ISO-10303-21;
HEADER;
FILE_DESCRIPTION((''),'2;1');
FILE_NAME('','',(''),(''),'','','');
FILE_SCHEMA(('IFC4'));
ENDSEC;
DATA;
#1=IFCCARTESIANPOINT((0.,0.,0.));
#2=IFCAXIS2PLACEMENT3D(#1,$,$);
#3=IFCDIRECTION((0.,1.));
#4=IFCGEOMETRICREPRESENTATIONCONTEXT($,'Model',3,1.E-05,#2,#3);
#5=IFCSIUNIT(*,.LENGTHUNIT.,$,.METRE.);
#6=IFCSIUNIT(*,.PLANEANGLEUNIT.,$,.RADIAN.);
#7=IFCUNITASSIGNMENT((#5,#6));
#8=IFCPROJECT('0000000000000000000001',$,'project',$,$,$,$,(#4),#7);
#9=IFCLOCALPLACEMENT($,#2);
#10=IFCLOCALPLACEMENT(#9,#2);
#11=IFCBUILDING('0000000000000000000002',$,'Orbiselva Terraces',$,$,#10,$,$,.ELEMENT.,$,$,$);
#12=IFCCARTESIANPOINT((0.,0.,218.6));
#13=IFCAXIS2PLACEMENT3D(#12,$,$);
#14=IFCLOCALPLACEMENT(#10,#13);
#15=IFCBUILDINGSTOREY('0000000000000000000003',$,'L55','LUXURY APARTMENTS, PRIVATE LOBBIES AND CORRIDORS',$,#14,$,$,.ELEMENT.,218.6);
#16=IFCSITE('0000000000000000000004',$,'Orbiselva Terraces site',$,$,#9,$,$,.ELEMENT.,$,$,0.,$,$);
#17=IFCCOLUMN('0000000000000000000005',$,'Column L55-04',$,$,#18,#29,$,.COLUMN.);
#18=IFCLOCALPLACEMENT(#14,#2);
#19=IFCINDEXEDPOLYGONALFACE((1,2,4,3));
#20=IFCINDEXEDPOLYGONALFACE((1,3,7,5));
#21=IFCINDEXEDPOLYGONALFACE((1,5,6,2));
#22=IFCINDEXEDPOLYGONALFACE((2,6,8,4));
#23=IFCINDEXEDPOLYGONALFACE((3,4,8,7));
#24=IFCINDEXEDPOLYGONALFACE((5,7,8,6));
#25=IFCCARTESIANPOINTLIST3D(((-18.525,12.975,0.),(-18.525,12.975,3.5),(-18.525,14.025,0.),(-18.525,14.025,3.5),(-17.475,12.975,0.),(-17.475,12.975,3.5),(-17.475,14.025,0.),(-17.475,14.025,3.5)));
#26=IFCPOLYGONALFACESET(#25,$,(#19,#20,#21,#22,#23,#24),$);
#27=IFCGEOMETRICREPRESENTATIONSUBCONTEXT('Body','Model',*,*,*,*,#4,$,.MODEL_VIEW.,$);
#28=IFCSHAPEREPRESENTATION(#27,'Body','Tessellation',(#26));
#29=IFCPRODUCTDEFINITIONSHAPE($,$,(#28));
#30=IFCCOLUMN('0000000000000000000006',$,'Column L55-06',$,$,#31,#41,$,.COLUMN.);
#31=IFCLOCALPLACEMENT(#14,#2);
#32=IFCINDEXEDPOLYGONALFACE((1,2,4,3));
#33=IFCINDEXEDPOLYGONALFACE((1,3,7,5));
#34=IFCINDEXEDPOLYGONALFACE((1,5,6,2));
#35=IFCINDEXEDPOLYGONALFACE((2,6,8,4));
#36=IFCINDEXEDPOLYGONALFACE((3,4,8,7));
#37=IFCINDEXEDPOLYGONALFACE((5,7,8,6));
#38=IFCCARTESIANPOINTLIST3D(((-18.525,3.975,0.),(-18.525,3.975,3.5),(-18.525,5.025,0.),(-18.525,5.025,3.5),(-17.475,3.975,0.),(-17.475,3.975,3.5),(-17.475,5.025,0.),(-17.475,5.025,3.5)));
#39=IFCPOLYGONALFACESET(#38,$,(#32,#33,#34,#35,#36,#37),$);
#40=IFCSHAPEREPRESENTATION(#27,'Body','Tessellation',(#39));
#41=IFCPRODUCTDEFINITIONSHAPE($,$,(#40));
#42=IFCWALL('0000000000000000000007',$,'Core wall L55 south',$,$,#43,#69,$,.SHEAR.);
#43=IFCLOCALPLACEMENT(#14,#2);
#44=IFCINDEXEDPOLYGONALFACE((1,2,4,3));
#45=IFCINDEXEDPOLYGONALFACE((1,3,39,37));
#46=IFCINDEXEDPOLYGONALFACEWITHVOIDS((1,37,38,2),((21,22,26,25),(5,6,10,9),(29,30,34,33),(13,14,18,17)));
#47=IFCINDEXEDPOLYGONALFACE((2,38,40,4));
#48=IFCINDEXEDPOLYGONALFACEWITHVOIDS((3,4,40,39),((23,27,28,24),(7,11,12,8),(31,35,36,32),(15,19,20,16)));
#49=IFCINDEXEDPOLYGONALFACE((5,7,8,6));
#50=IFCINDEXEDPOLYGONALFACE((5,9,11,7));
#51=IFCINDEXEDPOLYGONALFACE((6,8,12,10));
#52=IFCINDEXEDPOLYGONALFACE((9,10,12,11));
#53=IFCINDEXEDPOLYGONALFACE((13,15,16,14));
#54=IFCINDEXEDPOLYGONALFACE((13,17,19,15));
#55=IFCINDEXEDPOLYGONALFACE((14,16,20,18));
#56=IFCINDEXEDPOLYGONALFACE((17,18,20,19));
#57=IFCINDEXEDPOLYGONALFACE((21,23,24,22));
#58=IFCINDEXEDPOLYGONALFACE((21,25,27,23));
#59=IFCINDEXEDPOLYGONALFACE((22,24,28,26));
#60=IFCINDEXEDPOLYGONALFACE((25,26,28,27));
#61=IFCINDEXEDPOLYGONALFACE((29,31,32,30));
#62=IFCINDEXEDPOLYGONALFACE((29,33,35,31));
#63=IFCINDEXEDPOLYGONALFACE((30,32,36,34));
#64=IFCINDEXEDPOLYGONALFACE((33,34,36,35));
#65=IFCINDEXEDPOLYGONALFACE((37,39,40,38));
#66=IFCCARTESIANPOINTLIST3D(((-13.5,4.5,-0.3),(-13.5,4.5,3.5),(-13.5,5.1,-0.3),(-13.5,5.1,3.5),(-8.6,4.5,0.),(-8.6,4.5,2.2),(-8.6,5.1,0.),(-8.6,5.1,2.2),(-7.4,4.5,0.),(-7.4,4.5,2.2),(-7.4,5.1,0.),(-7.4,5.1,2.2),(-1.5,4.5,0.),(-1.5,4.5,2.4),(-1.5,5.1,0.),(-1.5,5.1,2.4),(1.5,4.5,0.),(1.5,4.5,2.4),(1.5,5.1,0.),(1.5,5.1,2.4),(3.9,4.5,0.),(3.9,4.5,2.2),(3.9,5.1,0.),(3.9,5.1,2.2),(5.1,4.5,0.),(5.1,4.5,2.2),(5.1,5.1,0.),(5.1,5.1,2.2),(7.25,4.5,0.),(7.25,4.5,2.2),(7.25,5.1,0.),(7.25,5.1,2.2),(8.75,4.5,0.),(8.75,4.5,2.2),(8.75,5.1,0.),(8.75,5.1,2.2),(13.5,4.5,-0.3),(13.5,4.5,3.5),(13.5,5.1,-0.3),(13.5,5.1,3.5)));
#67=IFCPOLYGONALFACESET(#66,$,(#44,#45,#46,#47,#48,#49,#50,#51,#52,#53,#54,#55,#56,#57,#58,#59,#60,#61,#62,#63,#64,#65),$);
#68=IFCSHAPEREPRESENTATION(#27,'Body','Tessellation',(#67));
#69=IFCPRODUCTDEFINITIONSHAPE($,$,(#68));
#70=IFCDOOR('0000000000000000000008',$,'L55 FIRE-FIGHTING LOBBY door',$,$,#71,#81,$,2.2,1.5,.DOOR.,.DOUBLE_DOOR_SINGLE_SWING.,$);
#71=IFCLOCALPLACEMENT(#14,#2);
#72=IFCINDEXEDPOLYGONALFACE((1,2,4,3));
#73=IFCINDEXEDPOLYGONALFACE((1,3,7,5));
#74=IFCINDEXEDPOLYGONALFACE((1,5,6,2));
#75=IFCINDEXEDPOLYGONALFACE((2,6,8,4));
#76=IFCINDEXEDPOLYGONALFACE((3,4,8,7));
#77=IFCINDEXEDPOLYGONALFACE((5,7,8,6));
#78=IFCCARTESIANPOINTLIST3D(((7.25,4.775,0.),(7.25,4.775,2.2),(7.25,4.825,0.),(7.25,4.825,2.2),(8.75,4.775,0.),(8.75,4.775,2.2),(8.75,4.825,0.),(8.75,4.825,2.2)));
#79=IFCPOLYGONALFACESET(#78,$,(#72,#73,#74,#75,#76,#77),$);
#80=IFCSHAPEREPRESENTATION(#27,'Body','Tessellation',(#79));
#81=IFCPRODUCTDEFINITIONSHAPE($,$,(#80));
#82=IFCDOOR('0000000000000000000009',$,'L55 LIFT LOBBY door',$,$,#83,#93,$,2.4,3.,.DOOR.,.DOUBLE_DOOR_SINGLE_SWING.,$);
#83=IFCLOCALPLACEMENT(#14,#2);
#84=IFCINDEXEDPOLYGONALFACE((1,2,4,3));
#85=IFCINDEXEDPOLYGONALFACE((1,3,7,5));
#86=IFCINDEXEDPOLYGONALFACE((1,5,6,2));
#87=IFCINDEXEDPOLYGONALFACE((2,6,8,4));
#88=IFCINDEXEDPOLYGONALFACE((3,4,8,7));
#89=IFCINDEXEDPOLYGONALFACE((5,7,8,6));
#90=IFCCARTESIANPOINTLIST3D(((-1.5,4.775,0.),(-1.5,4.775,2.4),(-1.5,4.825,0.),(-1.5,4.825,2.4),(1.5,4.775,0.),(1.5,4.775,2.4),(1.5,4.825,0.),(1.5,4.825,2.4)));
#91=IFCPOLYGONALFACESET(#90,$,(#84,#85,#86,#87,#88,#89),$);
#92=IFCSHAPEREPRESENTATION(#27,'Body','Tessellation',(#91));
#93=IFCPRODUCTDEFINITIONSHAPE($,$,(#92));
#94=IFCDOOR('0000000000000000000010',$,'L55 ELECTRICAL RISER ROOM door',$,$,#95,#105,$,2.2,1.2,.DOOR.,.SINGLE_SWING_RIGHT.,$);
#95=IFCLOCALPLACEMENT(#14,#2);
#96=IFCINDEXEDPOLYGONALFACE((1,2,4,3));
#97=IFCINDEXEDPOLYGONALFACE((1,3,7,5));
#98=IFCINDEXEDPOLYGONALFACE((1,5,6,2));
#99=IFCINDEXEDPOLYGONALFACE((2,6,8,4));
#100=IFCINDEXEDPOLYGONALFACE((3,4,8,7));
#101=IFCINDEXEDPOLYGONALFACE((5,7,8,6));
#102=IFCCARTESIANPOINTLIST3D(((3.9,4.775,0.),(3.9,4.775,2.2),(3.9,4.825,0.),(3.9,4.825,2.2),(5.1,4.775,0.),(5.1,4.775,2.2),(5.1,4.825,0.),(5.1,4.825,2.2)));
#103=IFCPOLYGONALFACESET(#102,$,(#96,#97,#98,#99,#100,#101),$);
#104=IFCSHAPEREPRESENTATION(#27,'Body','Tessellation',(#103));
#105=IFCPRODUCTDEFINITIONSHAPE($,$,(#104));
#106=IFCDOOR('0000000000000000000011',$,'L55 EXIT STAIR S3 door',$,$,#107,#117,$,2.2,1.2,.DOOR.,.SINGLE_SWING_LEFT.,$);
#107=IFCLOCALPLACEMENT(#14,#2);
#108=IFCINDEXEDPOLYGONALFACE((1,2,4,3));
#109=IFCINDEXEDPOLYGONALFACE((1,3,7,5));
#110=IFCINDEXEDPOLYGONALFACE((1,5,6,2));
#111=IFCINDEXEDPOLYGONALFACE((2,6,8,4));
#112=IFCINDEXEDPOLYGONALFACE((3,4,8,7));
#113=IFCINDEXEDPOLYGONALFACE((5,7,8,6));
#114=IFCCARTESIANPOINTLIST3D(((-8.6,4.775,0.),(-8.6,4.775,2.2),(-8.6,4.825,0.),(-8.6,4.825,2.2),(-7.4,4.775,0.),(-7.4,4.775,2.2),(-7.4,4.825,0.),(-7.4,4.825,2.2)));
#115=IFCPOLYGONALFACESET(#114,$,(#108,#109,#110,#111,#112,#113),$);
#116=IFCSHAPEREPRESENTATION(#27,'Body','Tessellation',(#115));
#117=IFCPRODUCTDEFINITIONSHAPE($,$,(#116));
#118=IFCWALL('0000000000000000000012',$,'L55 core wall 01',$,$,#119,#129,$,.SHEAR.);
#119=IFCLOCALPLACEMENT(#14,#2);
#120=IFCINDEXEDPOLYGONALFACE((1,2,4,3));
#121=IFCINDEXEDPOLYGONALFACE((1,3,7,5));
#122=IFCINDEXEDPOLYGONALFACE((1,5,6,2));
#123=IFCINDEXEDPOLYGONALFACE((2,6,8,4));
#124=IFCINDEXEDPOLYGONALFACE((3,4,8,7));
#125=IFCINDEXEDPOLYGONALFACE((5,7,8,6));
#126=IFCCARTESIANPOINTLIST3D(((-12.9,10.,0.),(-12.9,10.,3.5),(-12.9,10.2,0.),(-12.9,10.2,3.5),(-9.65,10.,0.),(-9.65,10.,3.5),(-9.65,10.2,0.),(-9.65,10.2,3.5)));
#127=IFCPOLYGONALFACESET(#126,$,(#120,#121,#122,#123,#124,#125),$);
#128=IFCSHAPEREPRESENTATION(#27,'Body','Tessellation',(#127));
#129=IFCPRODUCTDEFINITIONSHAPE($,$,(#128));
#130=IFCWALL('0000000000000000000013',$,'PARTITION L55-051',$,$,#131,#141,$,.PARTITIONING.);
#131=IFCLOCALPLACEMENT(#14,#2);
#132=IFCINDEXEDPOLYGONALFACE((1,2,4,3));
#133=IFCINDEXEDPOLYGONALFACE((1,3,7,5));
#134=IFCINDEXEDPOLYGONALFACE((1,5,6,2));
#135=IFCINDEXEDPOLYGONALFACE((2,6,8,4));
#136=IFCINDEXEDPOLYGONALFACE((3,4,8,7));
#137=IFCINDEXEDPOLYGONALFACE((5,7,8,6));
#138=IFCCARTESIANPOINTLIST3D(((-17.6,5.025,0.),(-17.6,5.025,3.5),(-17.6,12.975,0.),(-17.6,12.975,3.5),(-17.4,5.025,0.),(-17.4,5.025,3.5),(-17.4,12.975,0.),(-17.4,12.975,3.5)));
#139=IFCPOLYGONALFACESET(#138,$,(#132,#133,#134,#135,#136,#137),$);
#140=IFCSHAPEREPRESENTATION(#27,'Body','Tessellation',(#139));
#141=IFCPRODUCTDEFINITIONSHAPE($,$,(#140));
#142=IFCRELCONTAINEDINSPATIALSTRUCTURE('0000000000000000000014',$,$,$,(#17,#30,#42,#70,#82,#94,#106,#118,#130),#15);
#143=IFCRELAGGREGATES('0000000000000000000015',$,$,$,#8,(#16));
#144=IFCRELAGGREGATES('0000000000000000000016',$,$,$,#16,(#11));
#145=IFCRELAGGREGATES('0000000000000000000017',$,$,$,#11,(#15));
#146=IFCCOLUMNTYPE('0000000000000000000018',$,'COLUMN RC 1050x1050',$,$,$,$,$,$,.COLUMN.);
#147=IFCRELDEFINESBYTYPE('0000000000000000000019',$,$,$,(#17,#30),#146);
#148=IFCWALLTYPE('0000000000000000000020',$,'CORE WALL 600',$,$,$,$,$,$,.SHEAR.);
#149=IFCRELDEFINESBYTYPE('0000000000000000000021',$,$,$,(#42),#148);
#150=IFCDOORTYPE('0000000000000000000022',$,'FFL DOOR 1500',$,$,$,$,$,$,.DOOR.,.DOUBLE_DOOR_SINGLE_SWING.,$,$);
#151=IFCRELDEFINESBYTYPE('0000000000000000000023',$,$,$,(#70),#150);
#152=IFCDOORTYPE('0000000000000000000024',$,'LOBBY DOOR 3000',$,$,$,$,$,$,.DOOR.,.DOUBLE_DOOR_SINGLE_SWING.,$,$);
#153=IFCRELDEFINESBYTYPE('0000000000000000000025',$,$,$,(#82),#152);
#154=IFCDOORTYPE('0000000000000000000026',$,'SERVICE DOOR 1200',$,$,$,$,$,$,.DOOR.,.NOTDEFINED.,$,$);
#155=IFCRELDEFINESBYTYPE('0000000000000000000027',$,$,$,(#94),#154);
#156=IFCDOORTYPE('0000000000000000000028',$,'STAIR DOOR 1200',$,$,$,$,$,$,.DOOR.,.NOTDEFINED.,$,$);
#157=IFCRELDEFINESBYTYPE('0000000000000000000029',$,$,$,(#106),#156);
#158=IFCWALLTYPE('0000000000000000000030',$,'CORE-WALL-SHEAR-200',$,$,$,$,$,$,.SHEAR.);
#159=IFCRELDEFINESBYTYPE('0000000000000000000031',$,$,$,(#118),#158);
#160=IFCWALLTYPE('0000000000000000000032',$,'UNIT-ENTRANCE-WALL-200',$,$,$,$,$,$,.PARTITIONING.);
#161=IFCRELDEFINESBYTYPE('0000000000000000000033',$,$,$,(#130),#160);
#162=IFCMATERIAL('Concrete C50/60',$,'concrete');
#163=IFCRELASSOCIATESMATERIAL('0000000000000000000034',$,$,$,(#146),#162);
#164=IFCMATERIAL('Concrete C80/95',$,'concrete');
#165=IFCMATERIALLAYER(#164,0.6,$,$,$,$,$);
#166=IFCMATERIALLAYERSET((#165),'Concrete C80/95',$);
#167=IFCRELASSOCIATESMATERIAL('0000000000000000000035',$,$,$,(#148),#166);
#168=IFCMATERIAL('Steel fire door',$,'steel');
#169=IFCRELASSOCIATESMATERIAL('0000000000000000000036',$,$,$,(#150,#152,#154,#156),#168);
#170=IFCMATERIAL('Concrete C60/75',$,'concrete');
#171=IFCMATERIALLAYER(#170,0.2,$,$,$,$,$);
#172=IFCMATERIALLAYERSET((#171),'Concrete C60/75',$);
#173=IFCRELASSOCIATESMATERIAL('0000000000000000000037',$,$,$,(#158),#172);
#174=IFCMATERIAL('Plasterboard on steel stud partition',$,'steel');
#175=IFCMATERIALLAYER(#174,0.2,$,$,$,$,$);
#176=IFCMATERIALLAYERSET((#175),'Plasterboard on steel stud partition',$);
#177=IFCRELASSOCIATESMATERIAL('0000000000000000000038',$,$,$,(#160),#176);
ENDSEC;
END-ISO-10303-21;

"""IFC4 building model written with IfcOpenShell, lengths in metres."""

from ifc_helpers import new_model, si_unit, direction, frame, frame_2d, origin, origin_2d, place, context, subcontext, project, spatial, rectangle, extrude, material, layer, layer_set, material_profile, profile_set, type_object, element, fill, save


model = new_model("IFC4")

# Units and contexts
model_context = context("Model", 3, precision=1e-05, world=origin(), true_north=direction((0.0, 1.0)))
body_context = subcontext(model_context, "Body", "Model", "MODEL_VIEW")
ifc_project = project(units=[si_unit("LENGTHUNIT", "METRE"), si_unit("PLANEANGLEUNIT", "RADIAN")], contexts=[model_context])

# Site, building, storey
site_placement = place(None, origin())
site = spatial("IfcSite", under=ifc_project, at=site_placement, Name="Orbiselva Terraces site", CompositionType="ELEMENT", RefElevation=0.0)
building_placement = place(site_placement, origin())
building = spatial("IfcBuilding", under=site, at=building_placement, Name="Orbiselva Terraces", CompositionType="ELEMENT")
storey_placement = place(building_placement, frame((0.0, 0.0, 218.6)))
storey = spatial("IfcBuildingStorey", under=building, at=storey_placement, Name="L55", Description="LUXURY APARTMENTS, PRIVATE LOBBIES AND CORRIDORS", CompositionType="ELEMENT", Elevation=218.6)

# Columns
ifc_material_1 = material(Name="Concrete C50/60", Category="concrete")
ifc_material_profile = material_profile(ifc_material_1, rectangle(XDim=1.05, YDim=1.05, at=origin_2d()), Name="RC 1050x1050")
ifc_profile_set = profile_set([ifc_material_profile], Name="Concrete C50/60")
column_type = type_object("IfcColumnType", Name="COLUMN RC 1050x1050", PredefinedType="COLUMN", material=ifc_profile_set)
for number, where, z_axis, x_axis, name in (
    (1, (-18.0, 13.5, 0.0), (0.0, 0.0, 1.0), (1.0, 0.0, 0.0), "Column L55-04"),
    (2, (-18.0, 4.5, 0.0), (0.0, 0.0, 1.0), (1.0, 0.0, 0.0), "Column L55-06"),
):
    element("IfcColumn", number, at=place(storey_placement, frame(where, z_axis=z_axis, x_axis=x_axis)), inside=storey, type_object=column_type, Name=name, PredefinedType="COLUMN", context=body_context, shape_type="SweptSolid", body=[
        extrude(rectangle(XDim=1.05, YDim=1.05, at=origin_2d()), origin(), (0.0, 0.0, 1.0), 3.5),
    ])

# Wall, openings, doors
ifc_material_2 = material(Name="Concrete C80/95", Category="concrete")
ifc_layer_1 = layer(ifc_material_2, 0.6)
ifc_layer_set_1 = layer_set([ifc_layer_1], Name="Concrete C80/95")
wall_type_1 = type_object("IfcWallType", Name="CORE WALL 600", PredefinedType="SHEAR", material=ifc_layer_set_1)
wall_1_placement = place(storey_placement, frame((-13.5, 4.8, -0.3), z_axis=(0.0, 0.0, 1.0), x_axis=(1.0, 0.0, 0.0)))
wall_1 = element("IfcWall", 3, at=wall_1_placement, inside=storey, type_object=wall_type_1, Name="Core wall L55 south", PredefinedType="SHEAR", context=body_context, shape_type="SweptSolid", body=[
    extrude(rectangle(XDim=27.0, YDim=0.6, at=frame_2d((13.5, 0.0))), origin(), (0.0, 0.0, 1.0), 3.8),
])
opening_1_placement = place(wall_1_placement, frame((12.0, 0.0, 0.3)))
opening_1 = element("IfcOpeningElement", 4, at=opening_1_placement, cuts=wall_1, PredefinedType="OPENING", context=body_context, shape_type="SweptSolid", body=[
    extrude(rectangle(XDim=3.0, YDim=2.4, at=frame_2d((1.5, 1.2))), frame((0.0, 0.31, 0.0), z_axis=(0.0, -1.0, 0.0), x_axis=(1.0, 0.0, 0.0)), (0.0, 0.0, 1.0), 0.62),
])
opening_2_placement = place(wall_1_placement, frame((4.9, 0.0, 0.3)))
opening_2 = element("IfcOpeningElement", 5, at=opening_2_placement, cuts=wall_1, PredefinedType="OPENING", context=body_context, shape_type="SweptSolid", body=[
    extrude(rectangle(XDim=1.2, YDim=2.2, at=frame_2d((0.6, 1.1))), frame((0.0, 0.31, 0.0), z_axis=(0.0, -1.0, 0.0), x_axis=(1.0, 0.0, 0.0)), (0.0, 0.0, 1.0), 0.62),
])
opening_3_placement = place(wall_1_placement, frame((20.75, 0.0, 0.3)))
opening_3 = element("IfcOpeningElement", 6, at=opening_3_placement, cuts=wall_1, PredefinedType="OPENING", context=body_context, shape_type="SweptSolid", body=[
    extrude(rectangle(XDim=1.5, YDim=2.2, at=frame_2d((0.75, 1.1))), frame((0.0, 0.31, 0.0), z_axis=(0.0, -1.0, 0.0), x_axis=(1.0, 0.0, 0.0)), (0.0, 0.0, 1.0), 0.62),
])
opening_4_placement = place(wall_1_placement, frame((17.4, 0.0, 0.3)))
opening_4 = element("IfcOpeningElement", 7, at=opening_4_placement, cuts=wall_1, PredefinedType="OPENING", context=body_context, shape_type="SweptSolid", body=[
    extrude(rectangle(XDim=1.2, YDim=2.2, at=frame_2d((0.6, 1.1))), frame((0.0, 0.31, 0.0), z_axis=(0.0, -1.0, 0.0), x_axis=(1.0, 0.0, 0.0)), (0.0, 0.0, 1.0), 0.62),
])
ifc_material_3 = material(Name="Steel fire door", Category="steel")
door_type_1 = type_object("IfcDoorType", Name="FFL DOOR 1500", OperationType="DOUBLE_DOOR_SINGLE_SWING", PredefinedType="DOOR", material=ifc_material_3)
door_1_placement = place(opening_3_placement, frame((1.5, 0.0, 0.0), z_axis=(0.0, 0.0, 1.0), x_axis=(-1.0, 0.0, 0.0)))
door_1 = element("IfcDoor", 8, at=door_1_placement, inside=storey, type_object=door_type_1, Name="L55 FIRE-FIGHTING LOBBY door", OperationType="DOUBLE_DOOR_SINGLE_SWING", OverallHeight=2.2, OverallWidth=1.5, PredefinedType="DOOR", context=body_context, shape_type="SweptSolid", body=[
    extrude(rectangle(XDim=1.5, YDim=2.2, at=frame_2d((0.75, 1.1))), frame((0.0, 0.025, 0.0), z_axis=(0.0, -1.0, 0.0), x_axis=(1.0, 0.0, 0.0)), (0.0, 0.0, 1.0), 0.05),
])
fill(opening_3, door_1)
door_type_2 = type_object("IfcDoorType", Name="LOBBY DOOR 3000", OperationType="DOUBLE_DOOR_SINGLE_SWING", PredefinedType="DOOR", material=ifc_material_3)
door_2_placement = place(opening_1_placement, frame((3.0, 0.0, 0.0), z_axis=(0.0, 0.0, 1.0), x_axis=(-1.0, 0.0, 0.0)))
door_2 = element("IfcDoor", 9, at=door_2_placement, inside=storey, type_object=door_type_2, Name="L55 LIFT LOBBY door", OperationType="DOUBLE_DOOR_SINGLE_SWING", OverallHeight=2.4, OverallWidth=3.0, PredefinedType="DOOR", context=body_context, shape_type="SweptSolid", body=[
    extrude(rectangle(XDim=3.0, YDim=2.4, at=frame_2d((1.5, 1.2))), frame((0.0, 0.025, 0.0), z_axis=(0.0, -1.0, 0.0), x_axis=(1.0, 0.0, 0.0)), (0.0, 0.0, 1.0), 0.05),
])
fill(opening_1, door_2)
door_type_3 = type_object("IfcDoorType", Name="SERVICE DOOR 1200", OperationType="NOTDEFINED", PredefinedType="DOOR", material=ifc_material_3)
door_3_placement = place(opening_4_placement, frame((1.2, 0.0, 0.0), z_axis=(0.0, 0.0, 1.0), x_axis=(-1.0, 0.0, 0.0)))
door_3 = element("IfcDoor", 10, at=door_3_placement, inside=storey, type_object=door_type_3, Name="L55 ELECTRICAL RISER ROOM door", OperationType="SINGLE_SWING_RIGHT", OverallHeight=2.2, OverallWidth=1.2, PredefinedType="DOOR", context=body_context, shape_type="SweptSolid", body=[
    extrude(rectangle(XDim=1.2, YDim=2.2, at=frame_2d((0.6, 1.1))), frame((0.0, 0.025, 0.0), z_axis=(0.0, -1.0, 0.0), x_axis=(1.0, 0.0, 0.0)), (0.0, 0.0, 1.0), 0.05),
])
fill(opening_4, door_3)
door_type_4 = type_object("IfcDoorType", Name="STAIR DOOR 1200", OperationType="NOTDEFINED", PredefinedType="DOOR", material=ifc_material_3)
door_4_placement = place(opening_2_placement, frame((1.2, 0.0, 0.0), z_axis=(0.0, 0.0, 1.0), x_axis=(-1.0, 0.0, 0.0)))
door_4 = element("IfcDoor", 11, at=door_4_placement, inside=storey, type_object=door_type_4, Name="L55 EXIT STAIR S3 door", OperationType="SINGLE_SWING_LEFT", OverallHeight=2.2, OverallWidth=1.2, PredefinedType="DOOR", context=body_context, shape_type="SweptSolid", body=[
    extrude(rectangle(XDim=1.2, YDim=2.2, at=frame_2d((0.6, 1.1))), frame((0.0, 0.025, 0.0), z_axis=(0.0, -1.0, 0.0), x_axis=(1.0, 0.0, 0.0)), (0.0, 0.0, 1.0), 0.05),
])
fill(opening_2, door_4)

# Walls
ifc_material_4 = material(Name="Concrete C60/75", Category="concrete")
ifc_layer_2 = layer(ifc_material_4, 0.2)
ifc_layer_set_2 = layer_set([ifc_layer_2], Name="Concrete C60/75")
wall_type_2 = type_object("IfcWallType", Name="CORE-WALL-SHEAR-200", PredefinedType="SHEAR", material=ifc_layer_set_2)
wall_2_placement = place(storey_placement, frame((-12.9, 10.1, 0.0), z_axis=(0.0, 0.0, 1.0), x_axis=(1.0, 0.0, 0.0)))
element("IfcWall", 12, at=wall_2_placement, inside=storey, type_object=wall_type_2, Name="L55 core wall 01", PredefinedType="SHEAR", context=body_context, shape_type="SweptSolid", body=[
    extrude(rectangle(XDim=3.25, YDim=0.2, at=frame_2d((1.625, 0.0))), origin(), (0.0, 0.0, 1.0), 3.5),
])
ifc_material_5 = material(Name="Plasterboard on steel stud partition", Category="steel")
ifc_layer_3 = layer(ifc_material_5, 0.2)
ifc_layer_set_3 = layer_set([ifc_layer_3], Name="Plasterboard on steel stud partition")
wall_type_3 = type_object("IfcWallType", Name="UNIT-ENTRANCE-WALL-200", PredefinedType="PARTITIONING", material=ifc_layer_set_3)
wall_3_placement = place(storey_placement, frame((-17.5, 5.025, 0.0), z_axis=(0.0, 0.0, 1.0), x_axis=(0.0, 1.0, 0.0)))
element("IfcWall", 13, at=wall_3_placement, inside=storey, type_object=wall_type_3, Name="PARTITION L55-051", PredefinedType="PARTITIONING", context=body_context, shape_type="SweptSolid", body=[
    extrude(rectangle(XDim=7.95, YDim=0.2, at=frame_2d((3.975, 0.0))), origin(), (0.0, 0.0, 1.0), 3.5),
])

save(model, "model.ifc")
